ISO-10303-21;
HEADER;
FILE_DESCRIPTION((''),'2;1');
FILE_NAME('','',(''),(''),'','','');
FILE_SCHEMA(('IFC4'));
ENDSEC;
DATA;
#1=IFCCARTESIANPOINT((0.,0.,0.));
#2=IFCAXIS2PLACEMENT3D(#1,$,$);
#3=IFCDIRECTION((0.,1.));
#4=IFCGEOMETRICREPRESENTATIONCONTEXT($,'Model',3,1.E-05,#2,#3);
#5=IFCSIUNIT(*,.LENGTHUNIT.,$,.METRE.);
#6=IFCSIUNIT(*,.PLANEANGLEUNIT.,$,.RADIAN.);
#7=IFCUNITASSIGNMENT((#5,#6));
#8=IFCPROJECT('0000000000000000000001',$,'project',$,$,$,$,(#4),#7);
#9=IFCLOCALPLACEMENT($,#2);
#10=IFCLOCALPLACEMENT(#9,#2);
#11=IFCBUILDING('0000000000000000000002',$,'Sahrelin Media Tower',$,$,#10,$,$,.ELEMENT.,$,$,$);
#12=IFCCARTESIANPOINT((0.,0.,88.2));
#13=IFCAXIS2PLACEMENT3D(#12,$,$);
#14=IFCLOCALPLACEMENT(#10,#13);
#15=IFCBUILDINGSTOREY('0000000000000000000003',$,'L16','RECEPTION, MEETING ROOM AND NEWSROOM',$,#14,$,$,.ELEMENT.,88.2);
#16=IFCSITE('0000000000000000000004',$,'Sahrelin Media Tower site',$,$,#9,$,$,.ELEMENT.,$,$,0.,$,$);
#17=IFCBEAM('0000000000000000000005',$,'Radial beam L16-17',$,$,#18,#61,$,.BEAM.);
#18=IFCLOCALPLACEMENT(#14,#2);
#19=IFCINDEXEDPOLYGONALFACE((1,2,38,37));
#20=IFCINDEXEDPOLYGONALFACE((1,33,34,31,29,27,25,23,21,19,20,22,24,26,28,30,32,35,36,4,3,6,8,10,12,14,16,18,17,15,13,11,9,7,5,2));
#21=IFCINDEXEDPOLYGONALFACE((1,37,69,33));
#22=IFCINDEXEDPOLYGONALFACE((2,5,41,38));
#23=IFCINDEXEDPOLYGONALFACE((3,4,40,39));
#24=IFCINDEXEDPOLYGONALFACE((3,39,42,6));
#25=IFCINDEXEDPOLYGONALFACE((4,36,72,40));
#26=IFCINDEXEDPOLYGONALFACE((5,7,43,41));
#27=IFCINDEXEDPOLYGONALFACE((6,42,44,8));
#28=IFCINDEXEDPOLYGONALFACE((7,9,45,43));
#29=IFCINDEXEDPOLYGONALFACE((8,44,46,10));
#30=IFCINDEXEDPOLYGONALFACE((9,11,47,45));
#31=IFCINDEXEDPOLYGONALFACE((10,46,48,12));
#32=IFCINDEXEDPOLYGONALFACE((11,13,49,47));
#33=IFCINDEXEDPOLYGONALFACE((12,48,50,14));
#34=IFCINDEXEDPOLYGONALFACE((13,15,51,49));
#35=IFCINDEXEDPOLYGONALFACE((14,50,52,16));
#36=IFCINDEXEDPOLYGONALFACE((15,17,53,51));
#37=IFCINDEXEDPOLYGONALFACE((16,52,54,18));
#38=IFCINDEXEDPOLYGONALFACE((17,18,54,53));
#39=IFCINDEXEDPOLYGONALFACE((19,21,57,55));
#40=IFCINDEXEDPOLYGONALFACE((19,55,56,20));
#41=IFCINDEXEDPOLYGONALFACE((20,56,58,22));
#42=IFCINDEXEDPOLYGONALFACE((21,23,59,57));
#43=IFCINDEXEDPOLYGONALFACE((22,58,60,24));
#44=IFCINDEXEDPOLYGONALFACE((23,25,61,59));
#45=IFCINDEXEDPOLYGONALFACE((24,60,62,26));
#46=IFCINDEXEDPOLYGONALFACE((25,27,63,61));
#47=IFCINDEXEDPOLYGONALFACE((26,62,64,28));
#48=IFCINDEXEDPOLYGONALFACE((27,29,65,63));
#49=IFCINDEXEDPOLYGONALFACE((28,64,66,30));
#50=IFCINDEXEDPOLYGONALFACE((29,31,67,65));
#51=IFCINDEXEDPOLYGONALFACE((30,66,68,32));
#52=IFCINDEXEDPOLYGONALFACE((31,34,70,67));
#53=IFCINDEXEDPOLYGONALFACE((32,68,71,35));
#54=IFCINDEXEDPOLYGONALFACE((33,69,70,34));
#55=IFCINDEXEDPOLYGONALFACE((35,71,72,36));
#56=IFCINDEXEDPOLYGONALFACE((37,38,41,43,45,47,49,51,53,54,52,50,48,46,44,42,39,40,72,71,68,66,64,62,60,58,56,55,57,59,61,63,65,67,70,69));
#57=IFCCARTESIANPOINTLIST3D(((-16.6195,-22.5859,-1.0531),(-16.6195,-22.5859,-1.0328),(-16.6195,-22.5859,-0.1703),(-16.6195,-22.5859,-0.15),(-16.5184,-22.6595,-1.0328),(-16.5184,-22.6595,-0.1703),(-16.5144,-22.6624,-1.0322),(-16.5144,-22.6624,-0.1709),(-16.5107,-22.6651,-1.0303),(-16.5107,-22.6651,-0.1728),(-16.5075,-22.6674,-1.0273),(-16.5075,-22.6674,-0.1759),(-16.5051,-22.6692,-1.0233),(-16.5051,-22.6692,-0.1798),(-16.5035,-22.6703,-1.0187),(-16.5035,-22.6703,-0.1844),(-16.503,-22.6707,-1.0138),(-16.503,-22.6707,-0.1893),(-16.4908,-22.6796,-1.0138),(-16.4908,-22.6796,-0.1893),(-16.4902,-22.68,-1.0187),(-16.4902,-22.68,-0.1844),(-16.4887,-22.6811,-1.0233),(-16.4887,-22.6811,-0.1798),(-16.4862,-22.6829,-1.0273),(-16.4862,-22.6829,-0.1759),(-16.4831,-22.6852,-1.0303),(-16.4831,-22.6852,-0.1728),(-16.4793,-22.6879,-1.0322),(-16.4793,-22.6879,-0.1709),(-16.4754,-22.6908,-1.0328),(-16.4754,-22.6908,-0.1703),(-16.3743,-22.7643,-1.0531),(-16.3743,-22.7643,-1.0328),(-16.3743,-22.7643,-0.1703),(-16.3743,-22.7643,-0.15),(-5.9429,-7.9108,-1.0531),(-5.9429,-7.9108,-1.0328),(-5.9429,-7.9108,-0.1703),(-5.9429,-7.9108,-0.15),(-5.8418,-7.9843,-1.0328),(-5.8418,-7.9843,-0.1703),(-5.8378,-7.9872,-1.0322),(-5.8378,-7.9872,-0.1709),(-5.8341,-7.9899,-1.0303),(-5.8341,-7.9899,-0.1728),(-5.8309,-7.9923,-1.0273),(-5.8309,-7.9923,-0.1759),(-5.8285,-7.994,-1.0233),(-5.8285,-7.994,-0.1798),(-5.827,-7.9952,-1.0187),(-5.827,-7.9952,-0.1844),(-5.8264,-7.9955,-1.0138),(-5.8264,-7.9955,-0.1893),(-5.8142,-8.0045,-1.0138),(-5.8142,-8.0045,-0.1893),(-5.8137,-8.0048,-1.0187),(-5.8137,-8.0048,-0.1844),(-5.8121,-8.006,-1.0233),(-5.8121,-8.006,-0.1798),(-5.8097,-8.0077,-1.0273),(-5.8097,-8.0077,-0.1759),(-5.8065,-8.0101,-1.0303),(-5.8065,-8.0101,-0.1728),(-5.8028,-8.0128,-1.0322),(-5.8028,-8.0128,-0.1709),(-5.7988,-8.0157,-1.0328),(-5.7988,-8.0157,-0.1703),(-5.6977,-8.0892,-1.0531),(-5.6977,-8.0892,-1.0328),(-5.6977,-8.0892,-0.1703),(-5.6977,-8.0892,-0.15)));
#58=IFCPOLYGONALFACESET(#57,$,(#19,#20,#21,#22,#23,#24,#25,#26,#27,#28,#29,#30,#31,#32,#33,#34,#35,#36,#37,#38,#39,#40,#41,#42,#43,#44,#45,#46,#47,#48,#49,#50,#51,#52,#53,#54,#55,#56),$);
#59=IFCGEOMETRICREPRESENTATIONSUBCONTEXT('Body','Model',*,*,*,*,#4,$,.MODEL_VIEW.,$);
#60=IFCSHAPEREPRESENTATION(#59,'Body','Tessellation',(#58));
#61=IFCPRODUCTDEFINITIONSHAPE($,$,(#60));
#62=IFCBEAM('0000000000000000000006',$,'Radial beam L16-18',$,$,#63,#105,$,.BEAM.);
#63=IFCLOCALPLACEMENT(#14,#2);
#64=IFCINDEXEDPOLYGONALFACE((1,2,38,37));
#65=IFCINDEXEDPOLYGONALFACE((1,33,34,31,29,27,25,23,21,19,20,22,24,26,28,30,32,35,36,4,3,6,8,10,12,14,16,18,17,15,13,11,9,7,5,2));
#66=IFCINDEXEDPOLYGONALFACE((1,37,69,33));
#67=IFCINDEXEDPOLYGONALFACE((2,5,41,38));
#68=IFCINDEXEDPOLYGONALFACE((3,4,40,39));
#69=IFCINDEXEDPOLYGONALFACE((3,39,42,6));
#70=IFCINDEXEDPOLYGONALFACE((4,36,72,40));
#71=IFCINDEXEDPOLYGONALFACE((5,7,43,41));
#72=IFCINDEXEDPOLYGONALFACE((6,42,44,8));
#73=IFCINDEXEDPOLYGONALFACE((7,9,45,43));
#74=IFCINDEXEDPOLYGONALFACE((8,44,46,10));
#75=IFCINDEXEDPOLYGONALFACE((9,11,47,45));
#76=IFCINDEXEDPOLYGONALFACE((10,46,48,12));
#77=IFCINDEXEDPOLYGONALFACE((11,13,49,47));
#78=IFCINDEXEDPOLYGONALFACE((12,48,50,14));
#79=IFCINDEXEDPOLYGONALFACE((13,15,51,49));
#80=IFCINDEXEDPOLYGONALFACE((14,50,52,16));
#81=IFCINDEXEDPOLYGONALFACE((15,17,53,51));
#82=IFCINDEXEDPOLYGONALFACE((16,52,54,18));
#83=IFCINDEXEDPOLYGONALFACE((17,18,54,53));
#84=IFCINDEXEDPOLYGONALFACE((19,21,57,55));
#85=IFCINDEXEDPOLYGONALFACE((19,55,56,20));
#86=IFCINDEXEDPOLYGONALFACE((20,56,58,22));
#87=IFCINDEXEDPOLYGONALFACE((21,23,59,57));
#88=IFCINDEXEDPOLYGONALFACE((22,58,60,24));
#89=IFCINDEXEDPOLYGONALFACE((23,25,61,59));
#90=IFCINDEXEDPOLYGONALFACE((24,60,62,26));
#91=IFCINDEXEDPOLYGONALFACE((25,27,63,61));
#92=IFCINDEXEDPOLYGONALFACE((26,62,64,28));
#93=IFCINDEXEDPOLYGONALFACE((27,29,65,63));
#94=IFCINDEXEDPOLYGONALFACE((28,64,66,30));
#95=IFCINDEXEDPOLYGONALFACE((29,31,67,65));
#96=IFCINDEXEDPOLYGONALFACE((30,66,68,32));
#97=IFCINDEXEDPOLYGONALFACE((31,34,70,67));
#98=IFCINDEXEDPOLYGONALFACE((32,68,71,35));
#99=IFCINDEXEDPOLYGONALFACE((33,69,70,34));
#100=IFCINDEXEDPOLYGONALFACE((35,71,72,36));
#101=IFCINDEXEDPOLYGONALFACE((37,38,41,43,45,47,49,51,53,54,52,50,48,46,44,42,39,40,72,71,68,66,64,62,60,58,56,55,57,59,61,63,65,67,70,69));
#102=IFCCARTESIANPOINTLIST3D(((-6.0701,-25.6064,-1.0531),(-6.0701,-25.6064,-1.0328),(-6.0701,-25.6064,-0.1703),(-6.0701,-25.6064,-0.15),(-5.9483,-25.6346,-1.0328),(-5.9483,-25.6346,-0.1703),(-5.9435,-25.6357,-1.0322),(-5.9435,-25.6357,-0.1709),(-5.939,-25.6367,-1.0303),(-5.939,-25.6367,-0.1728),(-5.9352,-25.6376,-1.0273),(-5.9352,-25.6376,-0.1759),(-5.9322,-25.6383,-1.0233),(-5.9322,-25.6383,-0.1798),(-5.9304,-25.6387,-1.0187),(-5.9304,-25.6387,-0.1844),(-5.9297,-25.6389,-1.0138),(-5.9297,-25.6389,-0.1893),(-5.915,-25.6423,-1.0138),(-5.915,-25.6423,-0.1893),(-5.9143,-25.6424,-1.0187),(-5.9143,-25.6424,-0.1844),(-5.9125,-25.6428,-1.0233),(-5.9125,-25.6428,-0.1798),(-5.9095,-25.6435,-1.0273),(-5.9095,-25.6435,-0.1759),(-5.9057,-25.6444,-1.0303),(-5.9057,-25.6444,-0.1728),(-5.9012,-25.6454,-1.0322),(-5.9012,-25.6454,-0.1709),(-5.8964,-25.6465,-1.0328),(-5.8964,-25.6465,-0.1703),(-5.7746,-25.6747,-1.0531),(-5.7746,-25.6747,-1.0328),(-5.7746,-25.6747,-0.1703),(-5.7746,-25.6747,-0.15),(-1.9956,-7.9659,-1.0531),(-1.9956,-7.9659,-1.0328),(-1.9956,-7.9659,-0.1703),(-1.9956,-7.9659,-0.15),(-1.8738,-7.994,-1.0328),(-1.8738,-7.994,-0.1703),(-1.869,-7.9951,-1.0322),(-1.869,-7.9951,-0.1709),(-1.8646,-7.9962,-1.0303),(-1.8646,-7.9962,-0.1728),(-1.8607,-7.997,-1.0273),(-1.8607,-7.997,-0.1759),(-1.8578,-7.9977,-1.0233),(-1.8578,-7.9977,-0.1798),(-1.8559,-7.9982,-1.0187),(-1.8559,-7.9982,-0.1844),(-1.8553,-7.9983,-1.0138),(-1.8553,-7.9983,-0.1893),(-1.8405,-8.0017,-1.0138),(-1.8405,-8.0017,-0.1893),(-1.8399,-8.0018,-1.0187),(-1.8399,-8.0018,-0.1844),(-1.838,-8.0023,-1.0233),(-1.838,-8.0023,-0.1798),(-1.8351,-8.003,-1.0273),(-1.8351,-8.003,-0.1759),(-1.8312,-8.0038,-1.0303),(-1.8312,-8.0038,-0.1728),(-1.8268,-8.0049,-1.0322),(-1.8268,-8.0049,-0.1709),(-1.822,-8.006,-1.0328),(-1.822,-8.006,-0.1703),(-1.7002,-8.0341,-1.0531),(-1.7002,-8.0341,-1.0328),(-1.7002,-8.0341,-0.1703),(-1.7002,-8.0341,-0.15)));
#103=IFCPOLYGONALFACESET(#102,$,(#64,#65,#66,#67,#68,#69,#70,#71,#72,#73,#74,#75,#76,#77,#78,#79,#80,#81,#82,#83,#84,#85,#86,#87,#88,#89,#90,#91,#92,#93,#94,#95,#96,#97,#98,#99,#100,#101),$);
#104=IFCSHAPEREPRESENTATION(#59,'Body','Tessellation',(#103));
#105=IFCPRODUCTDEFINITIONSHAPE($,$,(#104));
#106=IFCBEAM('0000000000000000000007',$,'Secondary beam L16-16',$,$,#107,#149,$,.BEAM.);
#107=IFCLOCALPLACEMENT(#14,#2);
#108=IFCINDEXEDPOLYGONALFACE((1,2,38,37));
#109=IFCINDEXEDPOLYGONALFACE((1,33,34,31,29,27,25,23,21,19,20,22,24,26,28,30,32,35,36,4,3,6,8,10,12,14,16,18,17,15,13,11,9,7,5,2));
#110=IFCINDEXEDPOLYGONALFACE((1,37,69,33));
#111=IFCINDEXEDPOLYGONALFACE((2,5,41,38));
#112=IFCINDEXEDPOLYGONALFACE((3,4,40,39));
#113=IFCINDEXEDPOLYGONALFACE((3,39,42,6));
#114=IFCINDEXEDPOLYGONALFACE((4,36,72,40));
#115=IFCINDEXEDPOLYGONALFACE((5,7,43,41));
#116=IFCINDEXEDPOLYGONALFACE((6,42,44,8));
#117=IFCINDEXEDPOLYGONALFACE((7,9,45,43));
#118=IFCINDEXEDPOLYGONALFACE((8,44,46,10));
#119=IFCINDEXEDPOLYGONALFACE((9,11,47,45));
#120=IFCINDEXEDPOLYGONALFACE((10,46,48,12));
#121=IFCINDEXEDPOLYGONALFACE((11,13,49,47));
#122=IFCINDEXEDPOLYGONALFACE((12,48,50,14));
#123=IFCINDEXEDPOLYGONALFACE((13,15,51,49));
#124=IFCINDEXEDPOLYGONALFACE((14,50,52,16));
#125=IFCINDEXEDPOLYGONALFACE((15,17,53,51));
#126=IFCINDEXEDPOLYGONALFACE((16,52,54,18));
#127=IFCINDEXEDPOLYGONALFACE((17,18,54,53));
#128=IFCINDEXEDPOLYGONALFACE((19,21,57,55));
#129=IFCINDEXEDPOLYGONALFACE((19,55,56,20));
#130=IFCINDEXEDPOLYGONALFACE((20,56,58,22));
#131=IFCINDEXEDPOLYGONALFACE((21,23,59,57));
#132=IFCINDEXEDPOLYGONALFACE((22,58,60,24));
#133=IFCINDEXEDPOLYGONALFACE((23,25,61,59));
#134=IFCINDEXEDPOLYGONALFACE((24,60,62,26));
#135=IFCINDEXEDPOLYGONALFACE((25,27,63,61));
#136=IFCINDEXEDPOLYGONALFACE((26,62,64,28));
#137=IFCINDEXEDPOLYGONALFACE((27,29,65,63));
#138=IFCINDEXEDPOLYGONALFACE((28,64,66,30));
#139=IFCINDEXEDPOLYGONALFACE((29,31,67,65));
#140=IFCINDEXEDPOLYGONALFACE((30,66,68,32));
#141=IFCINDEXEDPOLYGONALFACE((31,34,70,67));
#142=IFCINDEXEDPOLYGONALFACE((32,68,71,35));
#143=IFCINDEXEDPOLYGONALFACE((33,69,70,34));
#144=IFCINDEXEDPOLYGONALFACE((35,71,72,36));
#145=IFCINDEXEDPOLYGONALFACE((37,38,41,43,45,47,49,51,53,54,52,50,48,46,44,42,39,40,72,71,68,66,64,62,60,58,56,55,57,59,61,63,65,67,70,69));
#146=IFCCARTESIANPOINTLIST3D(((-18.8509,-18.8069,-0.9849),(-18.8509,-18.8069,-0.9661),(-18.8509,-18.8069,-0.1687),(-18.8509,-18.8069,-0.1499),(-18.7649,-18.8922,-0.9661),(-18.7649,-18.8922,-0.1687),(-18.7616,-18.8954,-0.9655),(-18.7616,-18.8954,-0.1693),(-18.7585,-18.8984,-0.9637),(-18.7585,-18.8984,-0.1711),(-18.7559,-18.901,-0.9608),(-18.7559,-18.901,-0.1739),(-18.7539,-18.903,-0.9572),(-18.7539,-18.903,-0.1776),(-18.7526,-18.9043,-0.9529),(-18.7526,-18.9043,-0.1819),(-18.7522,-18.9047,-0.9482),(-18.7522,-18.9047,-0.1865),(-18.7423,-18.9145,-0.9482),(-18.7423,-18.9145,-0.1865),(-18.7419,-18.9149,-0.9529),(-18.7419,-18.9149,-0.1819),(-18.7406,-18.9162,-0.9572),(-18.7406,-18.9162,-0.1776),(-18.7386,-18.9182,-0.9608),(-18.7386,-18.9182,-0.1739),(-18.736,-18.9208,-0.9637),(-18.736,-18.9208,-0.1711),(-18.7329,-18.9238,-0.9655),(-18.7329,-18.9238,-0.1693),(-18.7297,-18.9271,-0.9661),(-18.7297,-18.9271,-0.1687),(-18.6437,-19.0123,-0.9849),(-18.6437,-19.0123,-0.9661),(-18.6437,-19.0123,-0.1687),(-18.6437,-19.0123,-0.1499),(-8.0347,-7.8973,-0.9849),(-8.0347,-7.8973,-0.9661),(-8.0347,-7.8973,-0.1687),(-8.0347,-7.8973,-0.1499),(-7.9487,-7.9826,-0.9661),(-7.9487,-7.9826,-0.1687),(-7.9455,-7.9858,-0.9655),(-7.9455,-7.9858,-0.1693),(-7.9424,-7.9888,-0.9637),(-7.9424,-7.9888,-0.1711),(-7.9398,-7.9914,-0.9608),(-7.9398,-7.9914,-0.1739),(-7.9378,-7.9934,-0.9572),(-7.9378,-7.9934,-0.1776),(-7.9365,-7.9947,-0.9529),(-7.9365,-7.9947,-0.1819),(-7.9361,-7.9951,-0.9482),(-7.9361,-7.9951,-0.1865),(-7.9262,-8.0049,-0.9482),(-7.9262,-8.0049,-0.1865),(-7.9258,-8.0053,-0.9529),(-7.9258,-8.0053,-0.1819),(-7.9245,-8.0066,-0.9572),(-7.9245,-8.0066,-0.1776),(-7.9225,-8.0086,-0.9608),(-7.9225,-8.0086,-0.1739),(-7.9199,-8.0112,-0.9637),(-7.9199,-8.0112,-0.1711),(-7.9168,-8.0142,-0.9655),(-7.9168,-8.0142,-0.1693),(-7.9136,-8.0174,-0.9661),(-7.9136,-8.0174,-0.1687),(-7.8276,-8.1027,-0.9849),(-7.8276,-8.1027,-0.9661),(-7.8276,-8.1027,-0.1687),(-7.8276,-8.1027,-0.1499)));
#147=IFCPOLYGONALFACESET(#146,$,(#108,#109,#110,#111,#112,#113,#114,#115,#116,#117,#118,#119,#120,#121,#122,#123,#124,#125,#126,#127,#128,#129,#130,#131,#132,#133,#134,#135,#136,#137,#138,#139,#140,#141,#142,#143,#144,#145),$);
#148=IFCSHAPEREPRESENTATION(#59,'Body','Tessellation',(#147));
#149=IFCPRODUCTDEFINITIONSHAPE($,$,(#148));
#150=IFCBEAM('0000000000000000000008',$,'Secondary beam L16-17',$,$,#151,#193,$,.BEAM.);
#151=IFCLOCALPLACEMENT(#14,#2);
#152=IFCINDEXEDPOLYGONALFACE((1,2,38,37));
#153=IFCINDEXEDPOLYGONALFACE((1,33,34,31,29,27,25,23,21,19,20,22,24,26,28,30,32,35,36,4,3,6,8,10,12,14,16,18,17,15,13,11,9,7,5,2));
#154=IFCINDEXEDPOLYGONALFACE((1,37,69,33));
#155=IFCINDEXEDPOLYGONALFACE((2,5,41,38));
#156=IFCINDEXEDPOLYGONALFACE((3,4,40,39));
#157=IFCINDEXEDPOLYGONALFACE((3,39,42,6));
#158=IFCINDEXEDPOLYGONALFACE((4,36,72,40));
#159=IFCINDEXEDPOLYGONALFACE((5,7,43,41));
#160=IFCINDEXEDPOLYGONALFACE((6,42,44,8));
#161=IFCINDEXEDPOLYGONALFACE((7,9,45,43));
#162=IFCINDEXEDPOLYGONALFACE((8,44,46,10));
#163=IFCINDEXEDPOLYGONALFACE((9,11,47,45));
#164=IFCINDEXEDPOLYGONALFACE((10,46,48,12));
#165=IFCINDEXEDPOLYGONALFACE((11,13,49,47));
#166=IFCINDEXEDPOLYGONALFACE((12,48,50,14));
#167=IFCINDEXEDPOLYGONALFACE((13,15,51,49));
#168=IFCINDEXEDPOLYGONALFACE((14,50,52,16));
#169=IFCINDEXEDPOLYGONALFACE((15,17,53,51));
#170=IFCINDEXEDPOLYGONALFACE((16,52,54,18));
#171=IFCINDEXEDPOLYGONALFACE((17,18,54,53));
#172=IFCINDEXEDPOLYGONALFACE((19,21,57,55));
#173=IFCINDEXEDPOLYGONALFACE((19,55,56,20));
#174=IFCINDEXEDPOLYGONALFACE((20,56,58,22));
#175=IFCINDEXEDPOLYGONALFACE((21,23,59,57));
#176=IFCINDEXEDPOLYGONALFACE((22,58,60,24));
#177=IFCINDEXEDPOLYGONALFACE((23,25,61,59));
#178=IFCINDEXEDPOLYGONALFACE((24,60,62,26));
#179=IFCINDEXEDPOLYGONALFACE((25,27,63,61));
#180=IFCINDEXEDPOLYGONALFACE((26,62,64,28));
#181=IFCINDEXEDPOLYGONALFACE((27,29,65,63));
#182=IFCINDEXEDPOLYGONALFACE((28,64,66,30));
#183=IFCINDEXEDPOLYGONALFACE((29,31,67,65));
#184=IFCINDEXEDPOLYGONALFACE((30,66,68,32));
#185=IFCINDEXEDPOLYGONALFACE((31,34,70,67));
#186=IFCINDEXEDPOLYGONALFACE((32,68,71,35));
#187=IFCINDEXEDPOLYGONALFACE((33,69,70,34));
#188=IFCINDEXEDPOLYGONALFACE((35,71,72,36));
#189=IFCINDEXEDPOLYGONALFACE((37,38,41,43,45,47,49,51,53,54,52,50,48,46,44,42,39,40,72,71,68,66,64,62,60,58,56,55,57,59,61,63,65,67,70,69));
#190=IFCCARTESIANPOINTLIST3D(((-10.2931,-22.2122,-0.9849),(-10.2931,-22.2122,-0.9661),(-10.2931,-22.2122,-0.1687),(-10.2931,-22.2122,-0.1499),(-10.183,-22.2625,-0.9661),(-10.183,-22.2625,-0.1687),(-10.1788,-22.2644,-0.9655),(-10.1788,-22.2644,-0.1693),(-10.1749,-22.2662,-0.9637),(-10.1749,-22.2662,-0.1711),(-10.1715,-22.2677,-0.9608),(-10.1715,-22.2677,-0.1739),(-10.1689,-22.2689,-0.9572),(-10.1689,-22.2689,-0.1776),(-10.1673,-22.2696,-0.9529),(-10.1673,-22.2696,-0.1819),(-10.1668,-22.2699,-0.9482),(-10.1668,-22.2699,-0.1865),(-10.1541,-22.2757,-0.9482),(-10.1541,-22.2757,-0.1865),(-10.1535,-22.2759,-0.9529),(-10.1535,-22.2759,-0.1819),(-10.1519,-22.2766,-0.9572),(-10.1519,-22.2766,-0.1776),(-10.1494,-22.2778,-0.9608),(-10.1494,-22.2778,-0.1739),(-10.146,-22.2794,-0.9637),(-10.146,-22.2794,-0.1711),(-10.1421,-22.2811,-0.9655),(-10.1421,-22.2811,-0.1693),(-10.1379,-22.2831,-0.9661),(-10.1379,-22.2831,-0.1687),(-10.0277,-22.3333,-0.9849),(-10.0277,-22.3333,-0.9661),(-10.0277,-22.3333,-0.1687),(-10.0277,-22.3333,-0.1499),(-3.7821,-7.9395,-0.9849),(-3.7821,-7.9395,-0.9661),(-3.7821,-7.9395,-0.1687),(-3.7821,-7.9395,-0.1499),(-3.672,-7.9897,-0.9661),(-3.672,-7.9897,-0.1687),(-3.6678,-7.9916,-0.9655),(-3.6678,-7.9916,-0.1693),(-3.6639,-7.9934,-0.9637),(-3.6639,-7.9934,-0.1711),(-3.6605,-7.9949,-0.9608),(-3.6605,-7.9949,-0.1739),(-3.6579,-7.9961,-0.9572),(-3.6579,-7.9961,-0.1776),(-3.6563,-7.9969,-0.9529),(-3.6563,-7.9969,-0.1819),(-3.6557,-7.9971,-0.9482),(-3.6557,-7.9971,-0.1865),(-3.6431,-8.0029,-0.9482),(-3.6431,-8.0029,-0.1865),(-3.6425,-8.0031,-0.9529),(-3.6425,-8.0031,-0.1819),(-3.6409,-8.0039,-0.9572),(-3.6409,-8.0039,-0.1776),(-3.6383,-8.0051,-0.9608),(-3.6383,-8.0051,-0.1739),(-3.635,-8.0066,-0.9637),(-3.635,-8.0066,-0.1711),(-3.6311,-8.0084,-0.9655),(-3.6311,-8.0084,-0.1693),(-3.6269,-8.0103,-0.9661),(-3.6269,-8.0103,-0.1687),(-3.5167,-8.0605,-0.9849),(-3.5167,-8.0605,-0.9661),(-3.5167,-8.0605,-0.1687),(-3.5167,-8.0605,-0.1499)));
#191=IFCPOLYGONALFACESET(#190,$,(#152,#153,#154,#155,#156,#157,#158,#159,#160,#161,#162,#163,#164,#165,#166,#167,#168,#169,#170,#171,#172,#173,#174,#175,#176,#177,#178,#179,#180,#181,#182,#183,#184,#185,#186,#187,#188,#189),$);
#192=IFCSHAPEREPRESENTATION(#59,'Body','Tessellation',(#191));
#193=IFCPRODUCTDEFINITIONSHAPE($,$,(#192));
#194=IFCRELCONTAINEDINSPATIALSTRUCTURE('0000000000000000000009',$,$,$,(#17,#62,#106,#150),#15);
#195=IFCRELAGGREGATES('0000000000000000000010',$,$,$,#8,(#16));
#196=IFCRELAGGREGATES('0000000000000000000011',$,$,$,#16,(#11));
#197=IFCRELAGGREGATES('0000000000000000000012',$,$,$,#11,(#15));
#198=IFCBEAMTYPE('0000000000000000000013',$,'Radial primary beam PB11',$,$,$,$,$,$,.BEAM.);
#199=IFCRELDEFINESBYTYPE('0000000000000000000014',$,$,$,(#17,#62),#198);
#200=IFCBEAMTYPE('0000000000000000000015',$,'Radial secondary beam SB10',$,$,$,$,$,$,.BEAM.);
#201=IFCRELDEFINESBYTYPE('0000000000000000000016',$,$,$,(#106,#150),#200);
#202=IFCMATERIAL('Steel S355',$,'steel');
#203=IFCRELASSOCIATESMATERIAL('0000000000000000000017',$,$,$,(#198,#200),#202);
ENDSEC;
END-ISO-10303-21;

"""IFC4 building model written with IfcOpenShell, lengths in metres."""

from ifc_helpers import new_model, si_unit, direction, frame, origin, origin_2d, place, context, subcontext, project, spatial, i_section, extrude, material, material_profile, profile_set, type_object, element, save


model = new_model("IFC4")

# Units and contexts
model_context = context("Model", 3, precision=1e-05, world=origin(), true_north=direction((0.0, 1.0)))
body_context = subcontext(model_context, "Body", "Model", "MODEL_VIEW")
ifc_project = project(units=[si_unit("LENGTHUNIT", "METRE"), si_unit("PLANEANGLEUNIT", "RADIAN")], contexts=[model_context])

# Site, building, storey
site_placement = place(None, origin())
site = spatial("IfcSite", under=ifc_project, at=site_placement, Name="Sahrelin Media Tower site", CompositionType="ELEMENT", RefElevation=0.0)
building_placement = place(site_placement, origin())
building = spatial("IfcBuilding", under=site, at=building_placement, Name="Sahrelin Media Tower", CompositionType="ELEMENT")
storey_placement = place(building_placement, frame((0.0, 0.0, 88.2)))
storey = spatial("IfcBuildingStorey", under=building, at=storey_placement, Name="L16", Description="RECEPTION, MEETING ROOM AND NEWSROOM", CompositionType="ELEMENT", Elevation=88.2)

# Beams
ifc_material_1 = material(Name="Steel S355", Category="steel")
ifc_material_profile_1 = material_profile(ifc_material_1, i_section(OverallWidth=0.3032, OverallDepth=0.9031, WebThickness=0.0151, FlangeThickness=0.0203, FilletRadius=0.019, at=origin_2d()), Name="UB 914x305x201")
ifc_profile_set_1 = profile_set([ifc_material_profile_1], Name="Steel S355")
beam_type_1 = type_object("IfcBeamType", Name="Radial primary beam PB11", PredefinedType="BEAM", material=ifc_profile_set_1)
beam_1_placement = place(storey_placement, frame((-5.8203, -8.0, -0.6016), z_axis=(-0.588307, -0.808638, 0.0), x_axis=(0.808638, -0.588307, 0.0)))
element("IfcBeam", 1, at=beam_1_placement, inside=storey, type_object=beam_type_1, Name="Radial beam L16-17", PredefinedType="BEAM", context=body_context, shape_type="SweptSolid", body=[
    extrude(i_section(OverallWidth=0.3032, OverallDepth=0.9031, WebThickness=0.0151, FlangeThickness=0.0203, FilletRadius=0.019, at=origin_2d()), origin(), (0.0, 0.0, 1.0), 18.1479),
])
beam_2_placement = place(storey_placement, frame((-1.8479, -8.0, -0.6016), z_axis=(-0.225046, -0.974348, 0.0), x_axis=(0.974348, -0.225046, 0.0)))
element("IfcBeam", 2, at=beam_2_placement, inside=storey, type_object=beam_type_1, Name="Radial beam L16-18", PredefinedType="BEAM", context=body_context, shape_type="SweptSolid", body=[
    extrude(i_section(OverallWidth=0.3032, OverallDepth=0.9031, WebThickness=0.0151, FlangeThickness=0.0203, FilletRadius=0.019, at=origin_2d()), origin(), (0.0, 0.0, 1.0), 18.105),
])
ifc_material_profile_2 = material_profile(ifc_material_1, i_section(OverallWidth=0.2917, OverallDepth=0.835, WebThickness=0.0139, FlangeThickness=0.0188, FilletRadius=0.0178, at=origin_2d()), Name="UB 838x292x176")
ifc_profile_set_2 = profile_set([ifc_material_profile_2], Name="Steel S355")
beam_type_2 = type_object("IfcBeamType", Name="Radial secondary beam SB10", PredefinedType="BEAM", material=ifc_profile_set_2)
beam_3_placement = place(storey_placement, frame((-7.9312, -8.0, -0.5674), z_axis=(-0.704057, -0.710144, 0.0), x_axis=(0.710144, -0.704057, 0.0)))
element("IfcBeam", 3, at=beam_3_placement, inside=storey, type_object=beam_type_2, Name="Secondary beam L16-16", PredefinedType="BEAM", context=body_context, shape_type="SweptSolid", body=[
    extrude(i_section(OverallWidth=0.2917, OverallDepth=0.835, WebThickness=0.0139, FlangeThickness=0.0188, FilletRadius=0.0178, at=origin_2d()), origin(), (0.0, 0.0, 1.0), 15.3625),
])
beam_4_placement = place(storey_placement, frame((-3.6494, -8.0, -0.5674), z_axis=(-0.415038, -0.909804, 0.0), x_axis=(0.909804, -0.415038, 0.0)))
element("IfcBeam", 4, at=beam_4_placement, inside=storey, type_object=beam_type_2, Name="Secondary beam L16-17", PredefinedType="BEAM", context=body_context, shape_type="SweptSolid", body=[
    extrude(i_section(OverallWidth=0.2917, OverallDepth=0.835, WebThickness=0.0139, FlangeThickness=0.0188, FilletRadius=0.0178, at=origin_2d()), origin(), (0.0, 0.0, 1.0), 15.6877),
])

save(model, "model.ifc")
